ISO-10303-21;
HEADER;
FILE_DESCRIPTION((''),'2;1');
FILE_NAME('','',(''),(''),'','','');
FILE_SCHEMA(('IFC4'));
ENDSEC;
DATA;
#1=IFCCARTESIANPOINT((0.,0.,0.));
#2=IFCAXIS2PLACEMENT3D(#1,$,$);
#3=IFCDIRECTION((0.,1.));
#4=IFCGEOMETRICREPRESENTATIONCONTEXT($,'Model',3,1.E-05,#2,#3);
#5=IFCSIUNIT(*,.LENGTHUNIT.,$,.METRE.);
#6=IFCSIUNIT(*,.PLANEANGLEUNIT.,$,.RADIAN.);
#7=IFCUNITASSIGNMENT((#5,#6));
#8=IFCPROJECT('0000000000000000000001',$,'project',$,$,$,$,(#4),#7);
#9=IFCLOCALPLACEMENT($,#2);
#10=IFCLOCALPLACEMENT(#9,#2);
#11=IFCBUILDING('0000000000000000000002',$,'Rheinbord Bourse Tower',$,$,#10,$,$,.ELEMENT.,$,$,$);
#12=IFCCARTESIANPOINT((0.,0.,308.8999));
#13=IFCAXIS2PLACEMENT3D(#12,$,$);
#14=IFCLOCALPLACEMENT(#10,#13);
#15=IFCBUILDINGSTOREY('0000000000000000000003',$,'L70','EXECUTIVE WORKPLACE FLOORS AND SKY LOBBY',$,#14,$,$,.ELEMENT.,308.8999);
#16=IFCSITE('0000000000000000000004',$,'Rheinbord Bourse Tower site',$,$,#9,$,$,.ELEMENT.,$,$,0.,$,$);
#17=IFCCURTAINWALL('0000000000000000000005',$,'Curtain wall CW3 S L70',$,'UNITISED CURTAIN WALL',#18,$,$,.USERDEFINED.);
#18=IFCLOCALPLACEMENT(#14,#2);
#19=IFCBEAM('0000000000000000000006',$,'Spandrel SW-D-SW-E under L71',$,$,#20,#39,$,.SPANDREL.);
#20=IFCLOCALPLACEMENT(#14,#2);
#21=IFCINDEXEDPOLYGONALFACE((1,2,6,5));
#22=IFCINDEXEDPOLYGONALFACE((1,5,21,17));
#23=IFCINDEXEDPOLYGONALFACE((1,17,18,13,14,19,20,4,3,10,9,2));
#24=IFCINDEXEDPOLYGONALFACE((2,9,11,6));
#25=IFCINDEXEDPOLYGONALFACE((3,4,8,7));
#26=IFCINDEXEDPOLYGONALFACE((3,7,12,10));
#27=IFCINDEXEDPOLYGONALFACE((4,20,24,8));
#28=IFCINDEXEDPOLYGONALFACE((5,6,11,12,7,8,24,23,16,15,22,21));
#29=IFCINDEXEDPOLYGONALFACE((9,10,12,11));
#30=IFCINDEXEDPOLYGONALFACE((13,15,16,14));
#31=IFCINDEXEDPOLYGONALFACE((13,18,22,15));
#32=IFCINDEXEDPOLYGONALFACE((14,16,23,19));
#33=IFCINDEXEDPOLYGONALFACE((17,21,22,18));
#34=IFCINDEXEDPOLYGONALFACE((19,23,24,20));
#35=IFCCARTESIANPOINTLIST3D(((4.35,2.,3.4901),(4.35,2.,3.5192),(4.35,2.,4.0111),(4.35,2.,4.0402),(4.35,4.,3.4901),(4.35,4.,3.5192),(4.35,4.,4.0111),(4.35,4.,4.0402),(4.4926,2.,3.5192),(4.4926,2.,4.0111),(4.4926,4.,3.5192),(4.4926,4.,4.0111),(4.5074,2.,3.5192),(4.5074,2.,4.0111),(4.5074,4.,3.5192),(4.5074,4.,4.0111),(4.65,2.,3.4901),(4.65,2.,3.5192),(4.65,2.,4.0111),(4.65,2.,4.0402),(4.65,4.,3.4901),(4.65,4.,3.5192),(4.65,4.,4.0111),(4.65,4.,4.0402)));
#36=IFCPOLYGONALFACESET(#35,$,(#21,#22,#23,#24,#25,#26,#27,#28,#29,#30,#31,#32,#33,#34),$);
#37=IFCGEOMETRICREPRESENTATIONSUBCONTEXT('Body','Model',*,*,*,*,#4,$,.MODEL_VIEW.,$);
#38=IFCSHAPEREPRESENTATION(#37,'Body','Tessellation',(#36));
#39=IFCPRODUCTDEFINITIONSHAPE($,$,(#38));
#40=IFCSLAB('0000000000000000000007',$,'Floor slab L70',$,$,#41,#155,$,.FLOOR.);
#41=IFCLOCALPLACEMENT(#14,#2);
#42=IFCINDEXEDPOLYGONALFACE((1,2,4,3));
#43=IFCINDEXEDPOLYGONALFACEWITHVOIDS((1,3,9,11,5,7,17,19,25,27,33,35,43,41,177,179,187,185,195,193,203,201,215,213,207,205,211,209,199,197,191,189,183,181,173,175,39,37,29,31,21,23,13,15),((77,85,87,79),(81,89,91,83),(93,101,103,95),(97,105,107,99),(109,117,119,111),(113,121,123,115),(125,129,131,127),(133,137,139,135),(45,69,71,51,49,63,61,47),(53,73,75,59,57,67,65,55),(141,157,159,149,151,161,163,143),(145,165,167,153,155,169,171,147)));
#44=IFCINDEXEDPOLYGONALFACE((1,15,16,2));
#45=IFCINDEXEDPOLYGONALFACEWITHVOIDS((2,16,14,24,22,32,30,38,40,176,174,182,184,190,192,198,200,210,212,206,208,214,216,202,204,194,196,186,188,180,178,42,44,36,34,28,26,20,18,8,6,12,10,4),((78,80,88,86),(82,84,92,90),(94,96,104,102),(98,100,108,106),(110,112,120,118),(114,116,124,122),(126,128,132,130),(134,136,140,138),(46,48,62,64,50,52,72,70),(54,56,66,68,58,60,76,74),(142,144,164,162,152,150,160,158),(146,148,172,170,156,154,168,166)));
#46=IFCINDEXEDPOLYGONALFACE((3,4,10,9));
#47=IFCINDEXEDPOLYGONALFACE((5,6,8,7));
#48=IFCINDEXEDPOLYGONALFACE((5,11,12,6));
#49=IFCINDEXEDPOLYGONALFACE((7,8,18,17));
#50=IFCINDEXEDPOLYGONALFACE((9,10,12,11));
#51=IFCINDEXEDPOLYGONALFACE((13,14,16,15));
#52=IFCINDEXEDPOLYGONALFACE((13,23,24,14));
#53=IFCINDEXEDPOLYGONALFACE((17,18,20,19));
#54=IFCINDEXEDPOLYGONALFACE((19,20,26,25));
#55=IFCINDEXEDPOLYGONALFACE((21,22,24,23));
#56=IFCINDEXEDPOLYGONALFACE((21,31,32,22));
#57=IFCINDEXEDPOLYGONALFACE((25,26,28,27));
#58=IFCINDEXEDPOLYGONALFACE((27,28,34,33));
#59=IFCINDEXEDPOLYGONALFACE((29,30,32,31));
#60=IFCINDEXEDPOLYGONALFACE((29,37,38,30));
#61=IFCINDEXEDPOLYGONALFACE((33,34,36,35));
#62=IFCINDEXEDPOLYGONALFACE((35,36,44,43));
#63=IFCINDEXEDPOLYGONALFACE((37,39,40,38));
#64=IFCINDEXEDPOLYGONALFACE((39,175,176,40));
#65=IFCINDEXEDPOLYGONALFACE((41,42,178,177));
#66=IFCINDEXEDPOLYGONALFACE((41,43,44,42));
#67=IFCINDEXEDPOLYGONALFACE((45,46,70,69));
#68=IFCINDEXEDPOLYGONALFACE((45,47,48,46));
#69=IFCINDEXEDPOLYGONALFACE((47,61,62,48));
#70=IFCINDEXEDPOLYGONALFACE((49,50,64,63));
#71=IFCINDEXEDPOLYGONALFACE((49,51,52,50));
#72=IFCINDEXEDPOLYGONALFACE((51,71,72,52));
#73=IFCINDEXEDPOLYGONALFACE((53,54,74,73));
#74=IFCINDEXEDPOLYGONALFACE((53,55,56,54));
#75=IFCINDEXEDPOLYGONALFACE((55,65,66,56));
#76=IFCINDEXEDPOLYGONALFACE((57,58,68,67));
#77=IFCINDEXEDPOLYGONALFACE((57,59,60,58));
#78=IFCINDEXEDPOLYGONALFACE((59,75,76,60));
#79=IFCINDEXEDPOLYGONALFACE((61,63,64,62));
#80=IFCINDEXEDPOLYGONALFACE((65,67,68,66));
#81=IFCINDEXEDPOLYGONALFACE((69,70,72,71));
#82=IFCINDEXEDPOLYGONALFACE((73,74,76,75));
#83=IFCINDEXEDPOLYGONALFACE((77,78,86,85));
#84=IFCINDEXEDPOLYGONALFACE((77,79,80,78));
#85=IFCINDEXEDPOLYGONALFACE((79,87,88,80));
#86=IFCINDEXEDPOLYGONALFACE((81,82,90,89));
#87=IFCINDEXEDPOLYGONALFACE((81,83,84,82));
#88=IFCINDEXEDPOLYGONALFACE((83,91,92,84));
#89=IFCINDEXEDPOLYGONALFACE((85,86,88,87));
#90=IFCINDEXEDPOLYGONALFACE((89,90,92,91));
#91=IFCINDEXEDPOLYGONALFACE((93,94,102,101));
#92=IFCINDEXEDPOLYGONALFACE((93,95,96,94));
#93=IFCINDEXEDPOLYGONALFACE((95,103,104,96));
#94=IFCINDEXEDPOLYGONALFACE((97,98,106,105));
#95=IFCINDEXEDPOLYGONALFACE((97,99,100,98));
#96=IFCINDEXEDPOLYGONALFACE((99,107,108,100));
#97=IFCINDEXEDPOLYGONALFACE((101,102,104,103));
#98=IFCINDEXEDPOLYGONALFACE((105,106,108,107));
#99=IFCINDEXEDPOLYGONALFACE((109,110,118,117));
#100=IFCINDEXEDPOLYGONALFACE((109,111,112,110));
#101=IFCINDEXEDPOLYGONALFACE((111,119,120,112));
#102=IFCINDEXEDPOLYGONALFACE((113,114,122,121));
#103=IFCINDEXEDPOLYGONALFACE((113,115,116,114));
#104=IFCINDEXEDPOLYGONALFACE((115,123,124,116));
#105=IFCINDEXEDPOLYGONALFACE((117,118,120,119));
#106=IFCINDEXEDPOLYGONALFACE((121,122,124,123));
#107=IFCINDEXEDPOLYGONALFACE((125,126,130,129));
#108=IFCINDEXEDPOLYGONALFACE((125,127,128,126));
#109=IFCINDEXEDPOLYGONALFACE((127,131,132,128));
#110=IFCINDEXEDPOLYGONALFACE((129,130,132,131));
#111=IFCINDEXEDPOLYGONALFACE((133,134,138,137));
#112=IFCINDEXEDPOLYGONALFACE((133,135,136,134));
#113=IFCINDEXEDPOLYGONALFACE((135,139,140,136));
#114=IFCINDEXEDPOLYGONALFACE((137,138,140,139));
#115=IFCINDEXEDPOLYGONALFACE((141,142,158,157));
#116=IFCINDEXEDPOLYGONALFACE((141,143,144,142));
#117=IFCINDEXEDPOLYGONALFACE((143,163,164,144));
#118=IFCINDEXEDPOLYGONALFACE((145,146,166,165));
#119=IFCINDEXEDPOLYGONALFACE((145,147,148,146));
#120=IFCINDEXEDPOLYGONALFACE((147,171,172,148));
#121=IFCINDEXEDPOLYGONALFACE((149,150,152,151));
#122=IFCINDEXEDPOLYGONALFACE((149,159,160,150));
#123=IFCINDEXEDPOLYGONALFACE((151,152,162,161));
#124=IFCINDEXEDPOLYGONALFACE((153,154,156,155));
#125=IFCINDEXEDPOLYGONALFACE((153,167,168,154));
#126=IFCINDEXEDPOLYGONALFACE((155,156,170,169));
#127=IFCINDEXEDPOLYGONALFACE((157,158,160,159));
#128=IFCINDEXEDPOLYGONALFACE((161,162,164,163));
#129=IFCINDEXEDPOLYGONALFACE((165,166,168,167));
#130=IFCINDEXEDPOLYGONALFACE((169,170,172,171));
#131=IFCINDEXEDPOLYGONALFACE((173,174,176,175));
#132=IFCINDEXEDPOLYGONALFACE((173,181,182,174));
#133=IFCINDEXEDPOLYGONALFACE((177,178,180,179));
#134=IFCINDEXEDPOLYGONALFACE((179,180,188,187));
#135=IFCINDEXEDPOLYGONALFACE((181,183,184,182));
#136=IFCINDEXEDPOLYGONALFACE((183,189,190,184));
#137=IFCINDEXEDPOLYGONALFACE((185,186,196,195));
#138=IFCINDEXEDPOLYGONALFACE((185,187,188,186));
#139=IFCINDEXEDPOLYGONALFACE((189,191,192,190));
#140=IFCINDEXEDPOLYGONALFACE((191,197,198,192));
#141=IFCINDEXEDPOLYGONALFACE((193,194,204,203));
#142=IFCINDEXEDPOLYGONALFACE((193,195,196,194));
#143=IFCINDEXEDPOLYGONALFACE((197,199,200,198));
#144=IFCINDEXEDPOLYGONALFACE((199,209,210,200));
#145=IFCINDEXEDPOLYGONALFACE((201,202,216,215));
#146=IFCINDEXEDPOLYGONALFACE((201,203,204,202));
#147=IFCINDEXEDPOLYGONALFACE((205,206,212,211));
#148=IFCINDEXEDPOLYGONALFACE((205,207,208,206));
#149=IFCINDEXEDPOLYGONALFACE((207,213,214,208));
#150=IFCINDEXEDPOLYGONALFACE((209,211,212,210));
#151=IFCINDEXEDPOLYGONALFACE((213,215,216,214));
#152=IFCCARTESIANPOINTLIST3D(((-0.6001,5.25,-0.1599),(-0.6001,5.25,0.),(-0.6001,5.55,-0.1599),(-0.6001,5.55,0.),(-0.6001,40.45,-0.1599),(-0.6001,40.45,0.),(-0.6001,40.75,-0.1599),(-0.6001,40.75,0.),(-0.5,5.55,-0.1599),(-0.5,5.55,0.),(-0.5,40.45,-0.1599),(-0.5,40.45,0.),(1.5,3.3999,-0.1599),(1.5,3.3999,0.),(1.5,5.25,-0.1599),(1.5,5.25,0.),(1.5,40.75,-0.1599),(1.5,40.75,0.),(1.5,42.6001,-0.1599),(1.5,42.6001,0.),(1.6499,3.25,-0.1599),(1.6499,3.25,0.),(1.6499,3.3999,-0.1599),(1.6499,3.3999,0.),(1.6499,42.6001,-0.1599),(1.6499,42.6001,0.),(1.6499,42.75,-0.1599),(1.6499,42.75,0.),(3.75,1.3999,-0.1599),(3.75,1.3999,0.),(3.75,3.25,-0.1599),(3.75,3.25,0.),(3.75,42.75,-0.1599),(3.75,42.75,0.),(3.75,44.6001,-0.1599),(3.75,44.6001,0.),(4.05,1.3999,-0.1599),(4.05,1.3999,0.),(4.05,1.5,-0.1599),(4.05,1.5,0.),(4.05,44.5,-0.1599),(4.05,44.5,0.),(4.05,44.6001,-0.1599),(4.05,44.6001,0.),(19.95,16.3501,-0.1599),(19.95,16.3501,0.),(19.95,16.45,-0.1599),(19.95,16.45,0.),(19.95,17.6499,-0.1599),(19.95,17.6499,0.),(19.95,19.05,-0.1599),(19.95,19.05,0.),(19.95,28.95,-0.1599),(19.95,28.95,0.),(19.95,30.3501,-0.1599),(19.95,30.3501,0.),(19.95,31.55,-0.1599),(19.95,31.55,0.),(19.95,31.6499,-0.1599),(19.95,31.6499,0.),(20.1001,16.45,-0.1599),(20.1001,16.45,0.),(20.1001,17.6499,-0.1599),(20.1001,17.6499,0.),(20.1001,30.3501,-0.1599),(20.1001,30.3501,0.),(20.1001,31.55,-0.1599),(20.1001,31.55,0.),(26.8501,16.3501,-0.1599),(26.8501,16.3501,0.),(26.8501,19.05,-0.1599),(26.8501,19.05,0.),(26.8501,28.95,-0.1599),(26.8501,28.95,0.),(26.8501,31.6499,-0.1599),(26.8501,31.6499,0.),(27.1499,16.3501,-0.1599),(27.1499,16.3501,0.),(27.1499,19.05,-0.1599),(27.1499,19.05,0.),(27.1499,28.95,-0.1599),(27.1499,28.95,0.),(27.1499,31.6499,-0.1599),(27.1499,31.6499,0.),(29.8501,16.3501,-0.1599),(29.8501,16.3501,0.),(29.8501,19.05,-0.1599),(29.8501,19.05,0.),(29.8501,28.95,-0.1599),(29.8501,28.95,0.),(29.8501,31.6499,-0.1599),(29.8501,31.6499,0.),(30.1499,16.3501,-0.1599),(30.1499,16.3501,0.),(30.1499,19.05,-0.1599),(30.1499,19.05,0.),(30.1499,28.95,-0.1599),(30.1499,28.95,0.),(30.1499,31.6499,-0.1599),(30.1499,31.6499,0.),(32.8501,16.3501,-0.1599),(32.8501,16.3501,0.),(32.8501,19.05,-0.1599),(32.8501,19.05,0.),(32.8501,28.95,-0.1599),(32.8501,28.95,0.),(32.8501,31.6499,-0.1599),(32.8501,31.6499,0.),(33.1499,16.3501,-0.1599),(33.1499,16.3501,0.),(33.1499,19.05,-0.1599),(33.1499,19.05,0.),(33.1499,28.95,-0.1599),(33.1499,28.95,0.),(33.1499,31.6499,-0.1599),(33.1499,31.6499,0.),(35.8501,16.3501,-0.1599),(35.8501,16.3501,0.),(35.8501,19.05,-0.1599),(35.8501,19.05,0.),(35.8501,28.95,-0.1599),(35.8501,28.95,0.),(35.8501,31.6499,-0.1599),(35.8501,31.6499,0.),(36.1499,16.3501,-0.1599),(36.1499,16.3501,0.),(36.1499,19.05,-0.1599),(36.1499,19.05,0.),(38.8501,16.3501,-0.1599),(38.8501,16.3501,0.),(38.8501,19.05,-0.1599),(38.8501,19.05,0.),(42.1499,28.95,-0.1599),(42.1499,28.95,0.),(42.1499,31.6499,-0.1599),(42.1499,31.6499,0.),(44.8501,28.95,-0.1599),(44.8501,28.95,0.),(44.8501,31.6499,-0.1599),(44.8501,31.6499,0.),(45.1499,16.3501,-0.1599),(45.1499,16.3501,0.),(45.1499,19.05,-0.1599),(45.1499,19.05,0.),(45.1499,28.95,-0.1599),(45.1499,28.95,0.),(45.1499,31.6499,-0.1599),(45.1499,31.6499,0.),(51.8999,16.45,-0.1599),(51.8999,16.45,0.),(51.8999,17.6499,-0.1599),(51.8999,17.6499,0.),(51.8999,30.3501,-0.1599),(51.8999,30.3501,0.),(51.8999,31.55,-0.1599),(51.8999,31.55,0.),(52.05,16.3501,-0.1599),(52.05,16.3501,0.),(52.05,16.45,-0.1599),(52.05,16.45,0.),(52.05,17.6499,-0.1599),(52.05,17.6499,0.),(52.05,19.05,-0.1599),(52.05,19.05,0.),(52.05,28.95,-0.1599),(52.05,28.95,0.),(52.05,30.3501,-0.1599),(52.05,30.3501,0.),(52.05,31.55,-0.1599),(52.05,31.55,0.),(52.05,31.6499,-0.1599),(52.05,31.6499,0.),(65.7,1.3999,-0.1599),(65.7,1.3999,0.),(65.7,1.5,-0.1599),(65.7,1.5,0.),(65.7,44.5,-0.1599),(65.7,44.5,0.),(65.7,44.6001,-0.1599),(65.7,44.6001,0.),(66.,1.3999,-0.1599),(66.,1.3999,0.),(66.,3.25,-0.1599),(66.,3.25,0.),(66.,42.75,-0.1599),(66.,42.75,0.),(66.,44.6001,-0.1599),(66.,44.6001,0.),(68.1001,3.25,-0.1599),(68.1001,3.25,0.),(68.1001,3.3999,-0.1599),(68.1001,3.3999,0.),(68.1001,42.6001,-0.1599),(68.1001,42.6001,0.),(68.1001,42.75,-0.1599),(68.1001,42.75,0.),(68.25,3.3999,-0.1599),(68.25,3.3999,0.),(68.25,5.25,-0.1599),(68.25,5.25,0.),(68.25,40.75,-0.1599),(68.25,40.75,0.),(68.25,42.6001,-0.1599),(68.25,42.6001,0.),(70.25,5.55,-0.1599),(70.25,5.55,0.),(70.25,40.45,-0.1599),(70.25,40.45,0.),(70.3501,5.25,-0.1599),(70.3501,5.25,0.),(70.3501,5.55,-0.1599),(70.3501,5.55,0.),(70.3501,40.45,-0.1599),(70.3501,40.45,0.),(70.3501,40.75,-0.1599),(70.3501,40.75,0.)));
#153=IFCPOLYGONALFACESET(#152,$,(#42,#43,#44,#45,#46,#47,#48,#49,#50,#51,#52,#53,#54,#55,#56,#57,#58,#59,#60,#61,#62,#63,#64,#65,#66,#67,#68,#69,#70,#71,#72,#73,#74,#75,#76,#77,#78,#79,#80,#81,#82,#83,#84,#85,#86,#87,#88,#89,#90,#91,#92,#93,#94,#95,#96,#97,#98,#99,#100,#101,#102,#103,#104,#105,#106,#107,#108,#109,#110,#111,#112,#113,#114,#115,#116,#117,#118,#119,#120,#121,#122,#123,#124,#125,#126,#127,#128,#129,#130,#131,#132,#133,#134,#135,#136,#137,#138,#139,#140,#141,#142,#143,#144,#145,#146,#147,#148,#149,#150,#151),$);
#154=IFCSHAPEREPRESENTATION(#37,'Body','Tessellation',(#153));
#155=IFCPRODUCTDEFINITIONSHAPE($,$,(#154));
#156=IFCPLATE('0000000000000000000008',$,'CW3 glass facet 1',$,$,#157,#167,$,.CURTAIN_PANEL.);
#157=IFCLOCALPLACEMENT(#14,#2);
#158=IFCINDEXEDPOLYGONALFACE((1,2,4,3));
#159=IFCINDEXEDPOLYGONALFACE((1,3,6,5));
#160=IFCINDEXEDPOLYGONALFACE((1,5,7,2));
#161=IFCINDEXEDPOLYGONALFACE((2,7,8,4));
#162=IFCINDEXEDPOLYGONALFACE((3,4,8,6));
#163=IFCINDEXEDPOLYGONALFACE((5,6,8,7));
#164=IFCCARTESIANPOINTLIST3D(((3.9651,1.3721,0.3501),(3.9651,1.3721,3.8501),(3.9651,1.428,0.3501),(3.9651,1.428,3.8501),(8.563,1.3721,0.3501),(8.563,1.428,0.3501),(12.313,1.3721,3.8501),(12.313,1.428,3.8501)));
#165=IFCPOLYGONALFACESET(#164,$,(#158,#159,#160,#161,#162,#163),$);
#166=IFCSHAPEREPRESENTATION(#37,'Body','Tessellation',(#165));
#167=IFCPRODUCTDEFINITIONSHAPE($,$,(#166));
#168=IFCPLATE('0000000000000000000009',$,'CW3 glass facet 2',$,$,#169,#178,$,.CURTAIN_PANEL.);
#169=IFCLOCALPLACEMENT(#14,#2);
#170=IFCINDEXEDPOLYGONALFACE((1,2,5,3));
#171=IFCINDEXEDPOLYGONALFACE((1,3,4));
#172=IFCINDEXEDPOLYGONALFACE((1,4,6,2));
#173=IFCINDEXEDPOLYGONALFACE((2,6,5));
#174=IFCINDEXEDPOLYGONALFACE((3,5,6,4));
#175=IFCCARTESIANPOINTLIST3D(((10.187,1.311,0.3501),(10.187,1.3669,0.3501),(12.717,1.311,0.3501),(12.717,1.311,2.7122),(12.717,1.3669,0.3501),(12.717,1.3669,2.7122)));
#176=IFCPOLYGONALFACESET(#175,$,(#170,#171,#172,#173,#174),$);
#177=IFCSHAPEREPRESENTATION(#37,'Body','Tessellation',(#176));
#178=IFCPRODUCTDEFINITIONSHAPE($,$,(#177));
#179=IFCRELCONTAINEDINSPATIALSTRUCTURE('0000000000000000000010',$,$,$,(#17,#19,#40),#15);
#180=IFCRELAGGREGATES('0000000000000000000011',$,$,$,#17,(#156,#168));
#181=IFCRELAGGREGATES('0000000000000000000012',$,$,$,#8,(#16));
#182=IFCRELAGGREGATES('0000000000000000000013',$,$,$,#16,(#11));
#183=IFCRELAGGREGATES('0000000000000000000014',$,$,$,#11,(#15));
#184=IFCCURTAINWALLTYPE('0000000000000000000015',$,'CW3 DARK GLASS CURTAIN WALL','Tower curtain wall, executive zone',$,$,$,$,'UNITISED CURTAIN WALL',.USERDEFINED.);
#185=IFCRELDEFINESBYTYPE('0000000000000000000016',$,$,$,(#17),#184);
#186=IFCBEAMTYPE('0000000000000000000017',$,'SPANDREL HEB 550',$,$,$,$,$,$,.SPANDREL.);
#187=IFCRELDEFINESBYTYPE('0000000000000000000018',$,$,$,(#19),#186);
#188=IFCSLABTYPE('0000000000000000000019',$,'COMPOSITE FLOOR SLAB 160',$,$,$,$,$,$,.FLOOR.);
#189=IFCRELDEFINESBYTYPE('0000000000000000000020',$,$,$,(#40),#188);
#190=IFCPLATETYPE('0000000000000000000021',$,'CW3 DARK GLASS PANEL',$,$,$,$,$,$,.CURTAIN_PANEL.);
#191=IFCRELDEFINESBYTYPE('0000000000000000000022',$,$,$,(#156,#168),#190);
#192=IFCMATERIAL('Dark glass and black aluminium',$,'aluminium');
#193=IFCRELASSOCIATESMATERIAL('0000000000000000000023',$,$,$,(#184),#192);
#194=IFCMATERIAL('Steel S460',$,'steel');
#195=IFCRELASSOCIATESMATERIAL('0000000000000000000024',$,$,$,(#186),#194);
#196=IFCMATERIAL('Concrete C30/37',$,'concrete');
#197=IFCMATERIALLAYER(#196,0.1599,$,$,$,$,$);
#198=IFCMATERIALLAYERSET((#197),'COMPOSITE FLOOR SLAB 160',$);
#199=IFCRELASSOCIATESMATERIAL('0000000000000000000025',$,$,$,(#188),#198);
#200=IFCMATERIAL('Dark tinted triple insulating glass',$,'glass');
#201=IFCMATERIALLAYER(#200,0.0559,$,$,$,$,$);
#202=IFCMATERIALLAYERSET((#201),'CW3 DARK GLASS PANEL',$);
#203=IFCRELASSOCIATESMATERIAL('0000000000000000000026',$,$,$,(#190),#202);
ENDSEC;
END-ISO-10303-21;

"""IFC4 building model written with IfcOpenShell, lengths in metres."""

from ifc_helpers import new_model, si_unit, direction, frame, origin, origin_2d, place, context, subcontext, project, spatial, polyline, i_section, outline, extrude, material, layer, layer_set, material_profile, profile_set, type_object, element, aggregate, save


model = new_model("IFC4")

# Units and contexts
model_context = context("Model", 3, precision=1e-05, world=origin(), true_north=direction((0.0, 1.0)))
body_context = subcontext(model_context, "Body", "Model", "MODEL_VIEW")
ifc_project = project(units=[si_unit("LENGTHUNIT", "METRE"), si_unit("PLANEANGLEUNIT", "RADIAN")], contexts=[model_context])

# Site, building, storey
site_placement = place(None, origin())
site = spatial("IfcSite", under=ifc_project, at=site_placement, Name="Rheinbord Bourse Tower site", CompositionType="ELEMENT", RefElevation=0.0)
building_placement = place(site_placement, origin())
building = spatial("IfcBuilding", under=site, at=building_placement, Name="Rheinbord Bourse Tower", CompositionType="ELEMENT")
storey_placement = place(building_placement, frame((0.0, 0.0, 308.8999)))
storey = spatial("IfcBuildingStorey", under=building, at=storey_placement, Name="L70", Description="EXECUTIVE WORKPLACE FLOORS AND SKY LOBBY", CompositionType="ELEMENT", Elevation=308.8999)

# Curtain wall
ifc_material_1 = material(Name="Dark glass and black aluminium", Category="aluminium")
curtain_wall_type = type_object("IfcCurtainWallType", Name="CW3 DARK GLASS CURTAIN WALL", Description="Tower curtain wall, executive zone", ElementType="UNITISED CURTAIN WALL", PredefinedType="USERDEFINED", material=ifc_material_1)
curtain_wall_placement = place(storey_placement, origin())
curtain_wall = element("IfcCurtainWall", 1, at=curtain_wall_placement, inside=storey, type_object=curtain_wall_type, Name="Curtain wall CW3 S L70", ObjectType="UNITISED CURTAIN WALL", PredefinedType="USERDEFINED")

# Beam
ifc_material_2 = material(Name="Steel S460", Category="steel")
ifc_material_profile_1 = material_profile(ifc_material_2, i_section(OverallWidth=0.3, OverallDepth=0.55, WebThickness=0.0149, FlangeThickness=0.0291, at=origin_2d()), Name="HEB 550")
ifc_profile_set_1 = profile_set([ifc_material_profile_1], Name="Steel S460")
beam_type_1 = type_object("IfcBeamType", Name="SPANDREL HEB 550", PredefinedType="SPANDREL", material=ifc_profile_set_1)
beam_1_placement = place(storey_placement, frame((4.5, 4.0, 3.7651), z_axis=(0.0, -1.0, 0.0), x_axis=(1.0, 0.0, 0.0)))
element("IfcBeam", 2, at=beam_1_placement, inside=storey, type_object=beam_type_1, Name="Spandrel SW-D-SW-E under L71", PredefinedType="SPANDREL", context=body_context, shape_type="SweptSolid", body=[
    extrude(i_section(OverallWidth=0.3, OverallDepth=0.55, WebThickness=0.0149, FlangeThickness=0.0291, at=origin_2d()), origin(), (0.0, 0.0, 1.0), 2.0),
])

# Slab
ifc_material_3 = material(Name="Concrete C30/37", Category="concrete")
ifc_layer_1 = layer(ifc_material_3, 0.1599)
ifc_layer_set_1 = layer_set([ifc_layer_1], Name="COMPOSITE FLOOR SLAB 160")
slab_type_1 = type_object("IfcSlabType", Name="COMPOSITE FLOOR SLAB 160", PredefinedType="FLOOR", material=ifc_layer_set_1)
slab_1_placement = place(storey_placement, frame((0.0, 0.0, -0.1599)))
element("IfcSlab", 3, at=slab_1_placement, inside=storey, type_object=slab_type_1, Name="Floor slab L70", PredefinedType="FLOOR", context=body_context, shape_type="SweptSolid", body=[
    extrude(outline(polyline([(1.6499, 3.3999), (1.5, 3.3999), (1.5, 5.25), (-0.6001, 5.25), (-0.6001, 5.55), (-0.5, 5.55), (-0.5, 40.45), (-0.6001, 40.45), (-0.6001, 40.75), (1.5, 40.75), (1.5, 42.6001), (1.6499, 42.6001), (1.6499, 42.75), (3.75, 42.75), (3.75, 44.6001), (4.05, 44.6001), (4.05, 44.5), (65.7, 44.5), (65.7, 44.6001), (66.0, 44.6001), (66.0, 42.75), (68.1001, 42.75), (68.1001, 42.6001), (68.25, 42.6001), (68.25, 40.75), (70.3501, 40.75), (70.3501, 40.45), (70.25, 40.45), (70.25, 5.55), (70.3501, 5.55), (70.3501, 5.25), (68.25, 5.25), (68.25, 3.3999), (68.1001, 3.3999), (68.1001, 3.25), (66.0, 3.25), (66.0, 1.3999), (65.7, 1.3999), (65.7, 1.5), (4.05, 1.5), (4.05, 1.3999), (3.75, 1.3999), (3.75, 3.25), (1.6499, 3.25), (1.6499, 3.3999)]), holes=[polyline([(19.95, 19.05), (26.8501, 19.05), (26.8501, 16.3501), (19.95, 16.3501), (19.95, 16.45), (20.1001, 16.45), (20.1001, 17.6499), (19.95, 17.6499), (19.95, 19.05)]), polyline([(19.95, 31.6499), (26.8501, 31.6499), (26.8501, 28.95), (19.95, 28.95), (19.95, 30.3501), (20.1001, 30.3501), (20.1001, 31.55), (19.95, 31.55), (19.95, 31.6499)]), polyline([(52.05, 16.3501), (45.1499, 16.3501), (45.1499, 19.05), (52.05, 19.05), (52.05, 17.6499), (51.8999, 17.6499), (51.8999, 16.45), (52.05, 16.45), (52.05, 16.3501)]), polyline([(52.05, 28.95), (45.1499, 28.95), (45.1499, 31.6499), (52.05, 31.6499), (52.05, 31.55), (51.8999, 31.55), (51.8999, 30.3501), (52.05, 30.3501), (52.05, 28.95)]), polyline([(27.1499, 16.3501), (27.1499, 19.05), (29.8501, 19.05), (29.8501, 16.3501), (27.1499, 16.3501)]), polyline([(27.1499, 28.95), (27.1499, 31.6499), (29.8501, 31.6499), (29.8501, 28.95), (27.1499, 28.95)]), polyline([(30.1499, 16.3501), (30.1499, 19.05), (32.8501, 19.05), (32.8501, 16.3501), (30.1499, 16.3501)]), polyline([(30.1499, 28.95), (30.1499, 31.6499), (32.8501, 31.6499), (32.8501, 28.95), (30.1499, 28.95)]), polyline([(33.1499, 16.3501), (33.1499, 19.05), (35.8501, 19.05), (35.8501, 16.3501), (33.1499, 16.3501)]), polyline([(33.1499, 28.95), (33.1499, 31.6499), (35.8501, 31.6499), (35.8501, 28.95), (33.1499, 28.95)]), polyline([(36.1499, 16.3501), (36.1499, 19.05), (38.8501, 19.05), (38.8501, 16.3501), (36.1499, 16.3501)]), polyline([(42.1499, 28.95), (42.1499, 31.6499), (44.8501, 31.6499), (44.8501, 28.95), (42.1499, 28.95)])]), origin(), (0.0, 0.0, 1.0), 0.1599),
])

# Plates
ifc_material_4 = material(Name="Dark tinted triple insulating glass", Category="glass")
ifc_layer_2 = layer(ifc_material_4, 0.0559)
ifc_layer_set_2 = layer_set([ifc_layer_2], Name="CW3 DARK GLASS PANEL")
plate_type = type_object("IfcPlateType", Name="CW3 DARK GLASS PANEL", PredefinedType="CURTAIN_PANEL", material=ifc_layer_set_2)
plate_1_placement = place(storey_placement, frame((3.9651, 1.3721, 0.3501), z_axis=(0.0, 1.0, 0.0), x_axis=(0.0, 0.0, 1.0)))
plate_1 = element("IfcPlate", 4, at=plate_1_placement, type_object=plate_type, Name="CW3 glass facet 1", PredefinedType="CURTAIN_PANEL", context=body_context, shape_type="SweptSolid", body=[
    extrude(outline(polyline([(0.0, 0.0), (3.5, 0.0), (3.5, 8.3479), (0.0, 4.5979), (0.0, 0.0)])), origin(), (0.0, 0.0, 1.0), 0.0559),
])
plate_2_placement = place(storey_placement, frame((12.717, 1.311, 0.3501), z_axis=(0.0, 1.0, 0.0), x_axis=(-1.0, 0.0, 0.0)))
plate_2 = element("IfcPlate", 5, at=plate_2_placement, type_object=plate_type, Name="CW3 glass facet 2", PredefinedType="CURTAIN_PANEL", context=body_context, shape_type="SweptSolid", body=[
    extrude(outline(polyline([(0.0, 0.0), (2.53, 0.0), (0.0, 2.3621), (0.0, 0.0)])), origin(), (0.0, 0.0, 1.0), 0.0559),
])
aggregate(curtain_wall, [plate_1, plate_2])

save(model, "model.ifc")
